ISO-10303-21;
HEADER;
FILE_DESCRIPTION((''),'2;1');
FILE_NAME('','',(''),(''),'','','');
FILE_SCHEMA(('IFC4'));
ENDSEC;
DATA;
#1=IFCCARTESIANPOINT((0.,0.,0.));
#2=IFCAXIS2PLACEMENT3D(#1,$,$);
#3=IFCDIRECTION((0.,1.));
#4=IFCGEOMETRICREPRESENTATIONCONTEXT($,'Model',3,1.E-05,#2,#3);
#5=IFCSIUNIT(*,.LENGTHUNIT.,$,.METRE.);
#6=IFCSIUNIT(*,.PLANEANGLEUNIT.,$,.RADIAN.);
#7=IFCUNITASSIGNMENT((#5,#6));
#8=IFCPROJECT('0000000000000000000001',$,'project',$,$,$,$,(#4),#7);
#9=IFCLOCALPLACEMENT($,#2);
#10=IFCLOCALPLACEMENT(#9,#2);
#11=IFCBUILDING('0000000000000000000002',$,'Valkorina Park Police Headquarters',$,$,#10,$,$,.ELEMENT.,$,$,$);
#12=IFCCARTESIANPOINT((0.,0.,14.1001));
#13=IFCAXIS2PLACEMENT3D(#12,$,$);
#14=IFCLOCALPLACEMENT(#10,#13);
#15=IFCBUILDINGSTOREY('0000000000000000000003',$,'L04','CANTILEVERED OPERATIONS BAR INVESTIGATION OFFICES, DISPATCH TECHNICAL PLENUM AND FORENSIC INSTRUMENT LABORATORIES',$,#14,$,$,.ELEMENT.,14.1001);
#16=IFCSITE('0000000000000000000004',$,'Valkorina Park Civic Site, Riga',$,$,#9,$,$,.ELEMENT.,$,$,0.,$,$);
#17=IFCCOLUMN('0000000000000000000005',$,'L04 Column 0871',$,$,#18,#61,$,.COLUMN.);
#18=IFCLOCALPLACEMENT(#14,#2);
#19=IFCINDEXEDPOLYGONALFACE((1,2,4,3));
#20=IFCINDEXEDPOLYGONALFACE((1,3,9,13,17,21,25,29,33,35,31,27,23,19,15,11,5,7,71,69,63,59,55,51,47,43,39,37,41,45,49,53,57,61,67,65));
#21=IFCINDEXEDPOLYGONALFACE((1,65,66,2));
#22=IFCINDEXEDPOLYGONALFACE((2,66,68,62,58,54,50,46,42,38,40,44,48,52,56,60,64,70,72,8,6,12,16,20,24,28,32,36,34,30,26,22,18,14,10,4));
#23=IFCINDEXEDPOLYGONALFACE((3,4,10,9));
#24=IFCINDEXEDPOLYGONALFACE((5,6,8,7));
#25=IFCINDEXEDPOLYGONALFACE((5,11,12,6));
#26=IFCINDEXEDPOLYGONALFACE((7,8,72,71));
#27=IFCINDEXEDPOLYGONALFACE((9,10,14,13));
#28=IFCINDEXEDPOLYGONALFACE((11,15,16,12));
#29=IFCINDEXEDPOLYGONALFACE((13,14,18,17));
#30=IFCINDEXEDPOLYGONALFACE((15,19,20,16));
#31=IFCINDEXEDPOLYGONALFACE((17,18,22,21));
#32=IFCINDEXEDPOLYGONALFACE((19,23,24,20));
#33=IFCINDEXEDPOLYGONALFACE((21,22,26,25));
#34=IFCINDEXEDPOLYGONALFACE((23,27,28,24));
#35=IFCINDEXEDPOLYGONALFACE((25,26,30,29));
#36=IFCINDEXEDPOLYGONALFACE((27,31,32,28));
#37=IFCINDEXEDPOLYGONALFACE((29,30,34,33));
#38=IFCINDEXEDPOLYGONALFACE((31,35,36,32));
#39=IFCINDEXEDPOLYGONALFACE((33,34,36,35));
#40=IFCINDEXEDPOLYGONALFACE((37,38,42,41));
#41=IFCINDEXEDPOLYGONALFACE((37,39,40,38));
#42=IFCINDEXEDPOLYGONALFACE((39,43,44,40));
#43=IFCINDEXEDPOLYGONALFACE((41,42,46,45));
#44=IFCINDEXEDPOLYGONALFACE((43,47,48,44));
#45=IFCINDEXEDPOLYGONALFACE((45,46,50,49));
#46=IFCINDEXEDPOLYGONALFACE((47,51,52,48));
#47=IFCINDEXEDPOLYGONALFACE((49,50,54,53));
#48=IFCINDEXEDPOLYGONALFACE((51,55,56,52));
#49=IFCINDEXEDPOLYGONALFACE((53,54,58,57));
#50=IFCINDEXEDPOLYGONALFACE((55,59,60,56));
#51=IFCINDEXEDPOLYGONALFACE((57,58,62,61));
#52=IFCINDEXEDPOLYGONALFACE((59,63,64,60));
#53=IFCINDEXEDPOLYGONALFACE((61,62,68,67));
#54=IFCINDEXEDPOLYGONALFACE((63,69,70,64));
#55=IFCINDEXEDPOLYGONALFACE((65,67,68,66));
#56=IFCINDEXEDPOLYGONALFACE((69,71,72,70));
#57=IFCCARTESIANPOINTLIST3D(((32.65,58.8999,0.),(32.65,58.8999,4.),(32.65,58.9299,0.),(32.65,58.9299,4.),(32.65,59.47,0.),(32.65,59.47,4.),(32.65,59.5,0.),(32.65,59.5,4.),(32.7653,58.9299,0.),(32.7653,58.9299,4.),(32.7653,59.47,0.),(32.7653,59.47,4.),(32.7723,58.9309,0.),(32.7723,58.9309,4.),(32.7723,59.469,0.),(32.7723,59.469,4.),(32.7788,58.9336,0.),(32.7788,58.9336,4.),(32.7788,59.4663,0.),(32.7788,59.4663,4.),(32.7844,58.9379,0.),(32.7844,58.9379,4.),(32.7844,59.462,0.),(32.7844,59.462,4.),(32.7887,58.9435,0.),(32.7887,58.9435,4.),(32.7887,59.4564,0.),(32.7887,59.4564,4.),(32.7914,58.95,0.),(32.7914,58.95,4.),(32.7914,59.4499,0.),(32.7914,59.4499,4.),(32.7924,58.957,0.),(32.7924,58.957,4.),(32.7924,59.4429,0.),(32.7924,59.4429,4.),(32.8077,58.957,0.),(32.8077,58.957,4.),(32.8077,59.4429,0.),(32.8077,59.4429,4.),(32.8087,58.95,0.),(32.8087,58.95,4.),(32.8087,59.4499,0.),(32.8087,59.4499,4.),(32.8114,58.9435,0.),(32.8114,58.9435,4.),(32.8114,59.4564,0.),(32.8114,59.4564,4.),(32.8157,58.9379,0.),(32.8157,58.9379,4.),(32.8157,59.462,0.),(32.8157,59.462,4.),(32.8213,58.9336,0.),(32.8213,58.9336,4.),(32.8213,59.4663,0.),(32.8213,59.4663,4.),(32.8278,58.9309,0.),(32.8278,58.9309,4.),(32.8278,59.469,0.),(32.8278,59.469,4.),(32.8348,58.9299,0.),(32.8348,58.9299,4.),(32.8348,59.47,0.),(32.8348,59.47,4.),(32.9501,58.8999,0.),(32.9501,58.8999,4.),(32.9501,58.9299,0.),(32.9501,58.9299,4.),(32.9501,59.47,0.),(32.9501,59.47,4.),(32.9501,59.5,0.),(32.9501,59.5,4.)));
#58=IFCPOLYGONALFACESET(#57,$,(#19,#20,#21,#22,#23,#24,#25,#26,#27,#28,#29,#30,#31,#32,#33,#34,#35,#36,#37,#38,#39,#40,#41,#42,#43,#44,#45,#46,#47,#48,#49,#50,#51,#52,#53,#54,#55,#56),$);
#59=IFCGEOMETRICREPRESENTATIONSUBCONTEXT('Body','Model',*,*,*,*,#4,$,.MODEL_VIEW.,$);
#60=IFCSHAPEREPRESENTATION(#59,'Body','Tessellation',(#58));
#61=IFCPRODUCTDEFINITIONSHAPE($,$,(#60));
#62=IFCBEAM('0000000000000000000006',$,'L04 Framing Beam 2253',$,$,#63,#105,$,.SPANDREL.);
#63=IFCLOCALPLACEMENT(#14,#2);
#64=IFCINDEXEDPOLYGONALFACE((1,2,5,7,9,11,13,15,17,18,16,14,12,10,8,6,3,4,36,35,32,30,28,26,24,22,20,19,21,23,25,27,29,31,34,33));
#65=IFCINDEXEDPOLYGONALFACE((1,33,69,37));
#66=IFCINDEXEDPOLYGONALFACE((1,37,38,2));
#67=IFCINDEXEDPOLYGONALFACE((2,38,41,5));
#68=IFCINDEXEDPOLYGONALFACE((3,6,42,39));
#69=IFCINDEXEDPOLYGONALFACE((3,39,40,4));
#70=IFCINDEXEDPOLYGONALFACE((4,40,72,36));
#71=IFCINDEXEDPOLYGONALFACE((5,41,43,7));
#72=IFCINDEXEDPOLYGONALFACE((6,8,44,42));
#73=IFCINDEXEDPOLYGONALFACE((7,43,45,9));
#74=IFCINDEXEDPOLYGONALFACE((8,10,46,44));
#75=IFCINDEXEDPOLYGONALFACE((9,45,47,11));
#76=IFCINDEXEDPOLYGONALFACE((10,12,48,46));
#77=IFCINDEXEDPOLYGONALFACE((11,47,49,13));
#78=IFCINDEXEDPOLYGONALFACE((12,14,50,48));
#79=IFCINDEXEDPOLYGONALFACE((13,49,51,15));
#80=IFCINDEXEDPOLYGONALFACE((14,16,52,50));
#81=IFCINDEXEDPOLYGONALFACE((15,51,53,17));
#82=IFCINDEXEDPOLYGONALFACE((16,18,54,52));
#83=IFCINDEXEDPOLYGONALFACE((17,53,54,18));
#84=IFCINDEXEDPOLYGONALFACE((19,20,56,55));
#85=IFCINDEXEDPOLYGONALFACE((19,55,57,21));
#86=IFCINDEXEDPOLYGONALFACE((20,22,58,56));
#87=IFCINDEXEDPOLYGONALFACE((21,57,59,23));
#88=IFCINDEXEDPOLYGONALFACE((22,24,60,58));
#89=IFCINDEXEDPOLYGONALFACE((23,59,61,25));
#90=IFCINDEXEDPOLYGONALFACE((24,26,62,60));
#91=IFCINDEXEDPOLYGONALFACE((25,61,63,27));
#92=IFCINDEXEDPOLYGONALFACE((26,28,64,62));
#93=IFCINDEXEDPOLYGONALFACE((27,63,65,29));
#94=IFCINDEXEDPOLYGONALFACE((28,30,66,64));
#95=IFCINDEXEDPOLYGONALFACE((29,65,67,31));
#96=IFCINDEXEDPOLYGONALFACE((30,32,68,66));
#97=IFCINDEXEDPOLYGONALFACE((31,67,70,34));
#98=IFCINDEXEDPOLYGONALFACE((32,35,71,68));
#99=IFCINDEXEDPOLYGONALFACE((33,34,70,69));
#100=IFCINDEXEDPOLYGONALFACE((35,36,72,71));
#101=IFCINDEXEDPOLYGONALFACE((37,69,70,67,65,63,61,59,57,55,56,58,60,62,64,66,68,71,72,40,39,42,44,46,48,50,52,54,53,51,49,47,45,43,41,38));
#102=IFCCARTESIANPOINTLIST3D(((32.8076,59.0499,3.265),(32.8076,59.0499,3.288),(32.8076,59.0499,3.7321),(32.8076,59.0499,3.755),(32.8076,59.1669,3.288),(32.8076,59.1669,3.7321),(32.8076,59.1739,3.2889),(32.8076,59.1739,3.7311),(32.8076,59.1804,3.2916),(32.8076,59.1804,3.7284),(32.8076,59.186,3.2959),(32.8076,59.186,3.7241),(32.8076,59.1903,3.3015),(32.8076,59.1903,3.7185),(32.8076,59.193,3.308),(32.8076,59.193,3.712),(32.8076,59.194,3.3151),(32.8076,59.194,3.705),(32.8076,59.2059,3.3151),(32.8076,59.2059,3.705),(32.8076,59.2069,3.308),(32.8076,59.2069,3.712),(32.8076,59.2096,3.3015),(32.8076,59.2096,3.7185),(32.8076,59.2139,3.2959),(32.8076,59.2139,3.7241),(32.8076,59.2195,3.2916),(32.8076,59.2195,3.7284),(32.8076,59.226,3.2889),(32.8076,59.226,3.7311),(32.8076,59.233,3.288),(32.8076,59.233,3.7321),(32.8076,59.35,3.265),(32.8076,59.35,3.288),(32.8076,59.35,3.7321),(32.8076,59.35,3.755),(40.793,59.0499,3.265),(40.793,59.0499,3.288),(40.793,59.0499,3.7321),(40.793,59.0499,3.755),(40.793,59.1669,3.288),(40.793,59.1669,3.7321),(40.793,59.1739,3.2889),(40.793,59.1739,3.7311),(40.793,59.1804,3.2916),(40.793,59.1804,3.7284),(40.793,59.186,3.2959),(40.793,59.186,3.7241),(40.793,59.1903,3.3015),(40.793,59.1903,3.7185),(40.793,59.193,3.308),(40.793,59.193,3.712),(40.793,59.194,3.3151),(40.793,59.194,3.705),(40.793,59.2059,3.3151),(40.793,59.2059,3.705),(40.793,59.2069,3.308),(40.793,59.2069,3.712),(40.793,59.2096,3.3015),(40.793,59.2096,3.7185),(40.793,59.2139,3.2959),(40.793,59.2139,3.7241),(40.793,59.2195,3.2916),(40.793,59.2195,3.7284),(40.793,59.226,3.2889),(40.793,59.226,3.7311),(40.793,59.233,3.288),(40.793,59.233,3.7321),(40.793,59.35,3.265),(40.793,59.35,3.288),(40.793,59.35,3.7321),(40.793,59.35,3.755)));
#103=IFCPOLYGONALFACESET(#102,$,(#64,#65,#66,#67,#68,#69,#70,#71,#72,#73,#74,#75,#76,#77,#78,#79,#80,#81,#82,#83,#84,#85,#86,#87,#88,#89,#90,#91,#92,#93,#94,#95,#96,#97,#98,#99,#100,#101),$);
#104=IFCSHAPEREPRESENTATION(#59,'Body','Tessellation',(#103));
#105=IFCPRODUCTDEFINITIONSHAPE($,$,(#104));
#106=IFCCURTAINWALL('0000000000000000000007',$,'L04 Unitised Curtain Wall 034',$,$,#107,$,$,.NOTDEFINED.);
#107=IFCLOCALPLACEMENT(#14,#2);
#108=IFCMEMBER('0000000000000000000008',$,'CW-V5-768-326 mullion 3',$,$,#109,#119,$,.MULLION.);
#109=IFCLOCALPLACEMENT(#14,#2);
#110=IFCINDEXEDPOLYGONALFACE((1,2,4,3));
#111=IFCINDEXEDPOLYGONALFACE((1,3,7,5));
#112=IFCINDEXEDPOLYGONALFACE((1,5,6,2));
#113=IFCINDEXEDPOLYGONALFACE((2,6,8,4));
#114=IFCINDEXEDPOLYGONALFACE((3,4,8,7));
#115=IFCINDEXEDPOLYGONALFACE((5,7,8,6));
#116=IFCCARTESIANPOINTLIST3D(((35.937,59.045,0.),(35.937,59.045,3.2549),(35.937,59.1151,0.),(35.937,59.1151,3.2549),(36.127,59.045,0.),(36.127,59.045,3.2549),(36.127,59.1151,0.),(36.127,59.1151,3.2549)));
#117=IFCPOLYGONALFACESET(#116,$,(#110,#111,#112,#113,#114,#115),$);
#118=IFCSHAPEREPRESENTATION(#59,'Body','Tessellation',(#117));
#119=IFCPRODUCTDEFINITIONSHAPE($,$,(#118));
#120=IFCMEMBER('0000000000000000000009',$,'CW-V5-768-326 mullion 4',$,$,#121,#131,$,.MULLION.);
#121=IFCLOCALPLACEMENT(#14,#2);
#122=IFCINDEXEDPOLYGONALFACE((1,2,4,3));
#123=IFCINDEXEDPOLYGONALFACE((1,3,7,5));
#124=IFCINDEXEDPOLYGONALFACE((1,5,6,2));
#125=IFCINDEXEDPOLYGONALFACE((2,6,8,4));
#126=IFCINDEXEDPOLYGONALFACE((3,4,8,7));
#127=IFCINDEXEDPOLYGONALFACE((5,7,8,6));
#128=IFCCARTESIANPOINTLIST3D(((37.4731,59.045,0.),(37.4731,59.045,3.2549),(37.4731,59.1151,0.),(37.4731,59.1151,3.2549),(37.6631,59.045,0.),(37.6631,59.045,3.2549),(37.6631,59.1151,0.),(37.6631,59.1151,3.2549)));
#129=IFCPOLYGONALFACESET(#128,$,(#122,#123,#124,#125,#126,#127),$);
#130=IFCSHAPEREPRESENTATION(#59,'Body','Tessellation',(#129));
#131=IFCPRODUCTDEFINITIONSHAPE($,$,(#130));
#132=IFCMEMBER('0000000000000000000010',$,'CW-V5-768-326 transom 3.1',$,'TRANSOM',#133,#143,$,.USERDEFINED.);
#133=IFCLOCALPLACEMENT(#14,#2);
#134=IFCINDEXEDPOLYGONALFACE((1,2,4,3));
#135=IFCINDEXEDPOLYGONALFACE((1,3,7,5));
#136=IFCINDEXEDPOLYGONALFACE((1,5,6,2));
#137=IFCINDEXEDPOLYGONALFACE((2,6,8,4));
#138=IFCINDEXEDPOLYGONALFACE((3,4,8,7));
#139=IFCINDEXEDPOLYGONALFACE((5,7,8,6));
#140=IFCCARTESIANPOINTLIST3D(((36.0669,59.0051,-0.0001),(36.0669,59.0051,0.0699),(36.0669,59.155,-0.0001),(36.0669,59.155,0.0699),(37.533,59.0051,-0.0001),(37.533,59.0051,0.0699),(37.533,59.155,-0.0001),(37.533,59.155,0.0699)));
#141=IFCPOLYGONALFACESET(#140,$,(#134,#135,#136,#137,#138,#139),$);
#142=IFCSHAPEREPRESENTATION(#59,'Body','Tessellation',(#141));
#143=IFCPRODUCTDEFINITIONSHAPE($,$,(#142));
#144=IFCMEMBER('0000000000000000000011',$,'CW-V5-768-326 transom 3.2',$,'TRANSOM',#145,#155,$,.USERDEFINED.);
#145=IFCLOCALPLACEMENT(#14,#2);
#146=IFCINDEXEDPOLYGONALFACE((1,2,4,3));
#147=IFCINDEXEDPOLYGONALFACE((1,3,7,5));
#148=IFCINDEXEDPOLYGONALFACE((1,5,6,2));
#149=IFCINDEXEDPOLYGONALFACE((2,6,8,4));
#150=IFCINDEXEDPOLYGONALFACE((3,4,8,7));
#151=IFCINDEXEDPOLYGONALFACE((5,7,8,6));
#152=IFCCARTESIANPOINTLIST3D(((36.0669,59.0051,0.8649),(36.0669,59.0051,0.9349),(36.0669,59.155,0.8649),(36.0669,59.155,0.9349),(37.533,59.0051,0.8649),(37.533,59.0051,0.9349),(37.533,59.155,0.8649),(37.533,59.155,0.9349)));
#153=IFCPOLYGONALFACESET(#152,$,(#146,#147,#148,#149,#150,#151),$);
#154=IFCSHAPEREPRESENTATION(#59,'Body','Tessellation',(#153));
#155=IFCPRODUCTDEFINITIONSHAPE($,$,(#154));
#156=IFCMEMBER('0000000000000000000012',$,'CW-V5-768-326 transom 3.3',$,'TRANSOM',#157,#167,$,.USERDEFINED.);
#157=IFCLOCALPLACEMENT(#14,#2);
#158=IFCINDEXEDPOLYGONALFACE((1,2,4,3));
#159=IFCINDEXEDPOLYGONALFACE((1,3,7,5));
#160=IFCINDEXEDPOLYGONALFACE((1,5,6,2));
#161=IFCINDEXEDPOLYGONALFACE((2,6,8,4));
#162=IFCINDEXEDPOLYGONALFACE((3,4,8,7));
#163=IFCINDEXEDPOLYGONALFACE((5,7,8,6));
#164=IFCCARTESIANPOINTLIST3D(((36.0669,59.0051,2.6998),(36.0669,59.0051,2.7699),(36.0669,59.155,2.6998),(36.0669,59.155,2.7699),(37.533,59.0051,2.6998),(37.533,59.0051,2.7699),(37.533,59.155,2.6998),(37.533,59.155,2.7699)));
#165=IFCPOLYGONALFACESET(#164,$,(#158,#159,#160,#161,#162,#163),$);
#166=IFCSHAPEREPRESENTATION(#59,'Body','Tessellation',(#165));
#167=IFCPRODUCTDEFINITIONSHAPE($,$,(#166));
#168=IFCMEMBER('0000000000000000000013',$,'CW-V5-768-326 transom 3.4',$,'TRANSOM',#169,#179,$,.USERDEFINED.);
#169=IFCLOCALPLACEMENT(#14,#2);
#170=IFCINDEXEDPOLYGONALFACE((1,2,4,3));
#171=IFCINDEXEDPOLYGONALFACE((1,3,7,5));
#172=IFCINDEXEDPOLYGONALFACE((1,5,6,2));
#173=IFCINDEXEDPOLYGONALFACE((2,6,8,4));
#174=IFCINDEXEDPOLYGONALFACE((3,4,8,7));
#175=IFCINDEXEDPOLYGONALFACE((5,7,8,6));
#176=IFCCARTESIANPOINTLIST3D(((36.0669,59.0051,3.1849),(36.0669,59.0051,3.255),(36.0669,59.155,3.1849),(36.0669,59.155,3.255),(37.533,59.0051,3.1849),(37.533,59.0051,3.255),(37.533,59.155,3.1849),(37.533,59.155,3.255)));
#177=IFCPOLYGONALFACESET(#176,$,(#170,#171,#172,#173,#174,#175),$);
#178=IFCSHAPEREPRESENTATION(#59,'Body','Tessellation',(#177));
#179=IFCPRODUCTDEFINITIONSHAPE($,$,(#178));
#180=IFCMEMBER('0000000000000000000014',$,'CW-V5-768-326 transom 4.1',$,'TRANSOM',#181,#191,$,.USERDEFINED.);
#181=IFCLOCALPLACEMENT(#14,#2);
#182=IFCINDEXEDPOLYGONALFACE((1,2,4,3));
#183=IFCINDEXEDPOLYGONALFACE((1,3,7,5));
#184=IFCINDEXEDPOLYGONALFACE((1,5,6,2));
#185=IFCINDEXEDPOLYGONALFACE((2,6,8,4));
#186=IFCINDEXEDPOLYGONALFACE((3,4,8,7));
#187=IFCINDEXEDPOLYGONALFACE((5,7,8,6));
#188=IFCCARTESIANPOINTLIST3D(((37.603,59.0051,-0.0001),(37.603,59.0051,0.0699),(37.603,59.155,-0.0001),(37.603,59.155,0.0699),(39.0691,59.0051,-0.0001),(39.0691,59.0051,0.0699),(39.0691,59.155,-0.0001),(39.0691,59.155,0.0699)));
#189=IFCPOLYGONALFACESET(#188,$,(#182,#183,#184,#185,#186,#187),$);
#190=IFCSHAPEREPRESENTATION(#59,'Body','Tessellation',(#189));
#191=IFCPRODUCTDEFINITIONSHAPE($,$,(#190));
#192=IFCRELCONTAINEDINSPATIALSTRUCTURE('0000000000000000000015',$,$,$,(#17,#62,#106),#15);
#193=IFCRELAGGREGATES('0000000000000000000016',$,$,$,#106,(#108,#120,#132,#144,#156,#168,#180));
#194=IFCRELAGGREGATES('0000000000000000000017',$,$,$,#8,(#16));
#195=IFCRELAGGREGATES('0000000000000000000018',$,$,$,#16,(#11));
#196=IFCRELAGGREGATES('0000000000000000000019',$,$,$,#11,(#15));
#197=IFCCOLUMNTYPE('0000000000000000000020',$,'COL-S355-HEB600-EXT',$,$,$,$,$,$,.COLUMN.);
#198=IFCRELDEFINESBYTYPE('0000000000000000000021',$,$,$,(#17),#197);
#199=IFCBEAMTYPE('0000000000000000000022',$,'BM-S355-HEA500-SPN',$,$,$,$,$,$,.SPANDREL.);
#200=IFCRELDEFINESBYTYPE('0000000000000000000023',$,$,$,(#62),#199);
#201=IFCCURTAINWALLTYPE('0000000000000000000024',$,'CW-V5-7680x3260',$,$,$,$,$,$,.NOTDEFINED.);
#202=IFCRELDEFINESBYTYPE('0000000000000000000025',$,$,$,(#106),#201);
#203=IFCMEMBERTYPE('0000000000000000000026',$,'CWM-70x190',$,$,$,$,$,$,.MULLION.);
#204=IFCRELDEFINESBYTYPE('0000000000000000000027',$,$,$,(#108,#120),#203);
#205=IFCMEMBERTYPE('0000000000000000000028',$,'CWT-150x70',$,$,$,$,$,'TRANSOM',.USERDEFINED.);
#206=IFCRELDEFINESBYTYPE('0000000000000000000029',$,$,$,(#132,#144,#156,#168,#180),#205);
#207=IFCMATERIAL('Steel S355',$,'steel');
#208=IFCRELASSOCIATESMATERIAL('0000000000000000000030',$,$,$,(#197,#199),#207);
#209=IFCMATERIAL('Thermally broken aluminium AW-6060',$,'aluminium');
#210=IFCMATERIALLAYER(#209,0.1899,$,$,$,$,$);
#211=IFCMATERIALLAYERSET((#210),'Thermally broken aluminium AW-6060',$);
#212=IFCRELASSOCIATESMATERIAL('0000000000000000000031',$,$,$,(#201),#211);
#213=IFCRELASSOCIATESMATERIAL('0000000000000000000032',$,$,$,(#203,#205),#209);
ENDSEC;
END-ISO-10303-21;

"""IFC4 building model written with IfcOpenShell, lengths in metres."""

from ifc_helpers import new_model, si_unit, direction, frame, origin, origin_2d, place, context, subcontext, project, spatial, rectangle, i_section, extrude, material, layer, layer_set, material_profile, profile_set, type_object, element, aggregate, save


model = new_model("IFC4")

# Units and contexts
model_context = context("Model", 3, precision=1e-05, world=origin(), true_north=direction((0.0, 1.0)))
body_context = subcontext(model_context, "Body", "Model", "MODEL_VIEW")
ifc_project = project(units=[si_unit("LENGTHUNIT", "METRE"), si_unit("PLANEANGLEUNIT", "RADIAN")], contexts=[model_context])

# Site, building, storey
site_placement = place(None, origin())
site = spatial("IfcSite", under=ifc_project, at=site_placement, Name="Valkorina Park Civic Site, Riga", CompositionType="ELEMENT", RefElevation=0.0)
building_placement = place(site_placement, origin())
building = spatial("IfcBuilding", under=site, at=building_placement, Name="Valkorina Park Police Headquarters", CompositionType="ELEMENT")
storey_placement = place(building_placement, frame((0.0, 0.0, 14.1001)))
storey = spatial("IfcBuildingStorey", under=building, at=storey_placement, Name="L04", Description="CANTILEVERED OPERATIONS BAR INVESTIGATION OFFICES, DISPATCH TECHNICAL PLENUM AND FORENSIC INSTRUMENT LABORATORIES", CompositionType="ELEMENT", Elevation=14.1001)

# Column
ifc_material_1 = material(Name="Steel S355", Category="steel")
ifc_material_profile_1 = material_profile(ifc_material_1, i_section(OverallWidth=0.3, OverallDepth=0.6001, WebThickness=0.0154, FlangeThickness=0.03, FilletRadius=0.0271, at=origin_2d()), Name="HEB 600")
ifc_profile_set_1 = profile_set([ifc_material_profile_1], Name="Steel S355")
column_type = type_object("IfcColumnType", Name="COL-S355-HEB600-EXT", PredefinedType="COLUMN", material=ifc_profile_set_1)
column_placement = place(storey_placement, frame((32.8, 59.2, 0.0), z_axis=(0.0, 0.0, 1.0), x_axis=(1.0, 0.0, 0.0)))
element("IfcColumn", 1, at=column_placement, inside=storey, type_object=column_type, Name="L04 Column 0871", PredefinedType="COLUMN", context=body_context, shape_type="SweptSolid", body=[
    extrude(i_section(OverallWidth=0.3, OverallDepth=0.6001, WebThickness=0.0154, FlangeThickness=0.03, FilletRadius=0.0271, at=origin_2d()), origin(), (0.0, 0.0, 1.0), 4.0),
])

# Beam
ifc_material_profile_2 = material_profile(ifc_material_1, i_section(OverallWidth=0.3, OverallDepth=0.49, WebThickness=0.012, FlangeThickness=0.0229, FilletRadius=0.0271, at=origin_2d()), Name="HEA 500")
ifc_profile_set_2 = profile_set([ifc_material_profile_2], Name="Steel S355")
beam_type = type_object("IfcBeamType", Name="BM-S355-HEA500-SPN", PredefinedType="SPANDREL", material=ifc_profile_set_2)
beam_placement = place(storey_placement, frame((32.8076, 59.2, 3.51), z_axis=(1.0, 0.0, 0.0), x_axis=(0.0, 1.0, 0.0)))
element("IfcBeam", 2, at=beam_placement, inside=storey, type_object=beam_type, Name="L04 Framing Beam 2253", PredefinedType="SPANDREL", context=body_context, shape_type="SweptSolid", body=[
    extrude(i_section(OverallWidth=0.3, OverallDepth=0.49, WebThickness=0.012, FlangeThickness=0.0229, FilletRadius=0.0271, at=origin_2d()), origin(), (0.0, 0.0, 1.0), 7.9854),
])

# Curtain wall, members
ifc_material_2 = material(Name="Thermally broken aluminium AW-6060", Category="aluminium")
ifc_layer_1 = layer(ifc_material_2, 0.1899)
ifc_layer_set_1 = layer_set([ifc_layer_1], Name="Thermally broken aluminium AW-6060")
curtain_wall_type = type_object("IfcCurtainWallType", Name="CW-V5-7680x3260", PredefinedType="NOTDEFINED", material=ifc_layer_set_1)
curtain_wall_placement = place(storey_placement, origin())
curtain_wall = element("IfcCurtainWall", 3, at=curtain_wall_placement, inside=storey, type_object=curtain_wall_type, Name="L04 Unitised Curtain Wall 034", PredefinedType="NOTDEFINED")
ifc_material_profile_3 = material_profile(ifc_material_2, rectangle(XDim=0.0701, YDim=0.1899, at=origin_2d()), Name="CWM-02 70x190")
ifc_profile_set_3 = profile_set([ifc_material_profile_3], Name="Thermally broken aluminium AW-6060")
member_type_1 = type_object("IfcMemberType", Name="CWM-70x190", PredefinedType="MULLION", material=ifc_profile_set_3)
member_1_placement = place(storey_placement, frame((36.032, 59.0801, 0.0), z_axis=(0.0, 0.0, 1.0), x_axis=(0.0, 1.0, 0.0)))
member_1 = element("IfcMember", 4, at=member_1_placement, type_object=member_type_1, Name="CW-V5-768-326 mullion 3", PredefinedType="MULLION", context=body_context, shape_type="SweptSolid", body=[
    extrude(rectangle(XDim=0.0701, YDim=0.1899, at=origin_2d()), origin(), (0.0, 0.0, 1.0), 3.2549),
])
member_2_placement = place(storey_placement, frame((37.5681, 59.0801, 0.0), z_axis=(0.0, 0.0, 1.0), x_axis=(0.0, 1.0, 0.0)))
member_2 = element("IfcMember", 5, at=member_2_placement, type_object=member_type_1, Name="CW-V5-768-326 mullion 4", PredefinedType="MULLION", context=body_context, shape_type="SweptSolid", body=[
    extrude(rectangle(XDim=0.0701, YDim=0.1899, at=origin_2d()), origin(), (0.0, 0.0, 1.0), 3.2549),
])
ifc_material_profile_4 = material_profile(ifc_material_2, rectangle(XDim=0.1499, YDim=0.0701, at=origin_2d()), Name="CWT-02 150x70")
ifc_profile_set_4 = profile_set([ifc_material_profile_4], Name="Thermally broken aluminium AW-6060")
member_type_2 = type_object("IfcMemberType", Name="CWT-150x70", ElementType="TRANSOM", PredefinedType="USERDEFINED", material=ifc_profile_set_4)
member_3_placement = place(storey_placement, frame((36.0669, 59.0801, 0.0349), z_axis=(1.0, 0.0, 0.0), x_axis=(0.0, 1.0, 0.0)))
member_3 = element("IfcMember", 6, at=member_3_placement, type_object=member_type_2, Name="CW-V5-768-326 transom 3.1", ObjectType="TRANSOM", PredefinedType="USERDEFINED", context=body_context, shape_type="SweptSolid", body=[
    extrude(rectangle(XDim=0.1499, YDim=0.0701, at=origin_2d()), origin(), (0.0, 0.0, 1.0), 1.4661),
])
member_4_placement = place(storey_placement, frame((36.0669, 59.0801, 0.8999), z_axis=(1.0, 0.0, 0.0), x_axis=(0.0, 1.0, 0.0)))
member_4 = element("IfcMember", 7, at=member_4_placement, type_object=member_type_2, Name="CW-V5-768-326 transom 3.2", ObjectType="TRANSOM", PredefinedType="USERDEFINED", context=body_context, shape_type="SweptSolid", body=[
    extrude(rectangle(XDim=0.1499, YDim=0.0701, at=origin_2d()), origin(), (0.0, 0.0, 1.0), 1.4661),
])
member_5_placement = place(storey_placement, frame((36.0669, 59.0801, 2.7349), z_axis=(1.0, 0.0, 0.0), x_axis=(0.0, 1.0, 0.0)))
member_5 = element("IfcMember", 8, at=member_5_placement, type_object=member_type_2, Name="CW-V5-768-326 transom 3.3", ObjectType="TRANSOM", PredefinedType="USERDEFINED", context=body_context, shape_type="SweptSolid", body=[
    extrude(rectangle(XDim=0.1499, YDim=0.0701, at=origin_2d()), origin(), (0.0, 0.0, 1.0), 1.4661),
])
member_6_placement = place(storey_placement, frame((36.0669, 59.0801, 3.22), z_axis=(1.0, 0.0, 0.0), x_axis=(0.0, 1.0, 0.0)))
member_6 = element("IfcMember", 9, at=member_6_placement, type_object=member_type_2, Name="CW-V5-768-326 transom 3.4", ObjectType="TRANSOM", PredefinedType="USERDEFINED", context=body_context, shape_type="SweptSolid", body=[
    extrude(rectangle(XDim=0.1499, YDim=0.0701, at=origin_2d()), origin(), (0.0, 0.0, 1.0), 1.4661),
])
member_7_placement = place(storey_placement, frame((37.603, 59.0801, 0.0349), z_axis=(1.0, 0.0, 0.0), x_axis=(0.0, 1.0, 0.0)))
member_7 = element("IfcMember", 10, at=member_7_placement, type_object=member_type_2, Name="CW-V5-768-326 transom 4.1", ObjectType="TRANSOM", PredefinedType="USERDEFINED", context=body_context, shape_type="SweptSolid", body=[
    extrude(rectangle(XDim=0.1499, YDim=0.0701, at=origin_2d()), origin(), (0.0, 0.0, 1.0), 1.4661),
])
aggregate(curtain_wall, [member_1, member_2, member_3, member_4, member_5, member_6, member_7])

save(model, "model.ifc")
